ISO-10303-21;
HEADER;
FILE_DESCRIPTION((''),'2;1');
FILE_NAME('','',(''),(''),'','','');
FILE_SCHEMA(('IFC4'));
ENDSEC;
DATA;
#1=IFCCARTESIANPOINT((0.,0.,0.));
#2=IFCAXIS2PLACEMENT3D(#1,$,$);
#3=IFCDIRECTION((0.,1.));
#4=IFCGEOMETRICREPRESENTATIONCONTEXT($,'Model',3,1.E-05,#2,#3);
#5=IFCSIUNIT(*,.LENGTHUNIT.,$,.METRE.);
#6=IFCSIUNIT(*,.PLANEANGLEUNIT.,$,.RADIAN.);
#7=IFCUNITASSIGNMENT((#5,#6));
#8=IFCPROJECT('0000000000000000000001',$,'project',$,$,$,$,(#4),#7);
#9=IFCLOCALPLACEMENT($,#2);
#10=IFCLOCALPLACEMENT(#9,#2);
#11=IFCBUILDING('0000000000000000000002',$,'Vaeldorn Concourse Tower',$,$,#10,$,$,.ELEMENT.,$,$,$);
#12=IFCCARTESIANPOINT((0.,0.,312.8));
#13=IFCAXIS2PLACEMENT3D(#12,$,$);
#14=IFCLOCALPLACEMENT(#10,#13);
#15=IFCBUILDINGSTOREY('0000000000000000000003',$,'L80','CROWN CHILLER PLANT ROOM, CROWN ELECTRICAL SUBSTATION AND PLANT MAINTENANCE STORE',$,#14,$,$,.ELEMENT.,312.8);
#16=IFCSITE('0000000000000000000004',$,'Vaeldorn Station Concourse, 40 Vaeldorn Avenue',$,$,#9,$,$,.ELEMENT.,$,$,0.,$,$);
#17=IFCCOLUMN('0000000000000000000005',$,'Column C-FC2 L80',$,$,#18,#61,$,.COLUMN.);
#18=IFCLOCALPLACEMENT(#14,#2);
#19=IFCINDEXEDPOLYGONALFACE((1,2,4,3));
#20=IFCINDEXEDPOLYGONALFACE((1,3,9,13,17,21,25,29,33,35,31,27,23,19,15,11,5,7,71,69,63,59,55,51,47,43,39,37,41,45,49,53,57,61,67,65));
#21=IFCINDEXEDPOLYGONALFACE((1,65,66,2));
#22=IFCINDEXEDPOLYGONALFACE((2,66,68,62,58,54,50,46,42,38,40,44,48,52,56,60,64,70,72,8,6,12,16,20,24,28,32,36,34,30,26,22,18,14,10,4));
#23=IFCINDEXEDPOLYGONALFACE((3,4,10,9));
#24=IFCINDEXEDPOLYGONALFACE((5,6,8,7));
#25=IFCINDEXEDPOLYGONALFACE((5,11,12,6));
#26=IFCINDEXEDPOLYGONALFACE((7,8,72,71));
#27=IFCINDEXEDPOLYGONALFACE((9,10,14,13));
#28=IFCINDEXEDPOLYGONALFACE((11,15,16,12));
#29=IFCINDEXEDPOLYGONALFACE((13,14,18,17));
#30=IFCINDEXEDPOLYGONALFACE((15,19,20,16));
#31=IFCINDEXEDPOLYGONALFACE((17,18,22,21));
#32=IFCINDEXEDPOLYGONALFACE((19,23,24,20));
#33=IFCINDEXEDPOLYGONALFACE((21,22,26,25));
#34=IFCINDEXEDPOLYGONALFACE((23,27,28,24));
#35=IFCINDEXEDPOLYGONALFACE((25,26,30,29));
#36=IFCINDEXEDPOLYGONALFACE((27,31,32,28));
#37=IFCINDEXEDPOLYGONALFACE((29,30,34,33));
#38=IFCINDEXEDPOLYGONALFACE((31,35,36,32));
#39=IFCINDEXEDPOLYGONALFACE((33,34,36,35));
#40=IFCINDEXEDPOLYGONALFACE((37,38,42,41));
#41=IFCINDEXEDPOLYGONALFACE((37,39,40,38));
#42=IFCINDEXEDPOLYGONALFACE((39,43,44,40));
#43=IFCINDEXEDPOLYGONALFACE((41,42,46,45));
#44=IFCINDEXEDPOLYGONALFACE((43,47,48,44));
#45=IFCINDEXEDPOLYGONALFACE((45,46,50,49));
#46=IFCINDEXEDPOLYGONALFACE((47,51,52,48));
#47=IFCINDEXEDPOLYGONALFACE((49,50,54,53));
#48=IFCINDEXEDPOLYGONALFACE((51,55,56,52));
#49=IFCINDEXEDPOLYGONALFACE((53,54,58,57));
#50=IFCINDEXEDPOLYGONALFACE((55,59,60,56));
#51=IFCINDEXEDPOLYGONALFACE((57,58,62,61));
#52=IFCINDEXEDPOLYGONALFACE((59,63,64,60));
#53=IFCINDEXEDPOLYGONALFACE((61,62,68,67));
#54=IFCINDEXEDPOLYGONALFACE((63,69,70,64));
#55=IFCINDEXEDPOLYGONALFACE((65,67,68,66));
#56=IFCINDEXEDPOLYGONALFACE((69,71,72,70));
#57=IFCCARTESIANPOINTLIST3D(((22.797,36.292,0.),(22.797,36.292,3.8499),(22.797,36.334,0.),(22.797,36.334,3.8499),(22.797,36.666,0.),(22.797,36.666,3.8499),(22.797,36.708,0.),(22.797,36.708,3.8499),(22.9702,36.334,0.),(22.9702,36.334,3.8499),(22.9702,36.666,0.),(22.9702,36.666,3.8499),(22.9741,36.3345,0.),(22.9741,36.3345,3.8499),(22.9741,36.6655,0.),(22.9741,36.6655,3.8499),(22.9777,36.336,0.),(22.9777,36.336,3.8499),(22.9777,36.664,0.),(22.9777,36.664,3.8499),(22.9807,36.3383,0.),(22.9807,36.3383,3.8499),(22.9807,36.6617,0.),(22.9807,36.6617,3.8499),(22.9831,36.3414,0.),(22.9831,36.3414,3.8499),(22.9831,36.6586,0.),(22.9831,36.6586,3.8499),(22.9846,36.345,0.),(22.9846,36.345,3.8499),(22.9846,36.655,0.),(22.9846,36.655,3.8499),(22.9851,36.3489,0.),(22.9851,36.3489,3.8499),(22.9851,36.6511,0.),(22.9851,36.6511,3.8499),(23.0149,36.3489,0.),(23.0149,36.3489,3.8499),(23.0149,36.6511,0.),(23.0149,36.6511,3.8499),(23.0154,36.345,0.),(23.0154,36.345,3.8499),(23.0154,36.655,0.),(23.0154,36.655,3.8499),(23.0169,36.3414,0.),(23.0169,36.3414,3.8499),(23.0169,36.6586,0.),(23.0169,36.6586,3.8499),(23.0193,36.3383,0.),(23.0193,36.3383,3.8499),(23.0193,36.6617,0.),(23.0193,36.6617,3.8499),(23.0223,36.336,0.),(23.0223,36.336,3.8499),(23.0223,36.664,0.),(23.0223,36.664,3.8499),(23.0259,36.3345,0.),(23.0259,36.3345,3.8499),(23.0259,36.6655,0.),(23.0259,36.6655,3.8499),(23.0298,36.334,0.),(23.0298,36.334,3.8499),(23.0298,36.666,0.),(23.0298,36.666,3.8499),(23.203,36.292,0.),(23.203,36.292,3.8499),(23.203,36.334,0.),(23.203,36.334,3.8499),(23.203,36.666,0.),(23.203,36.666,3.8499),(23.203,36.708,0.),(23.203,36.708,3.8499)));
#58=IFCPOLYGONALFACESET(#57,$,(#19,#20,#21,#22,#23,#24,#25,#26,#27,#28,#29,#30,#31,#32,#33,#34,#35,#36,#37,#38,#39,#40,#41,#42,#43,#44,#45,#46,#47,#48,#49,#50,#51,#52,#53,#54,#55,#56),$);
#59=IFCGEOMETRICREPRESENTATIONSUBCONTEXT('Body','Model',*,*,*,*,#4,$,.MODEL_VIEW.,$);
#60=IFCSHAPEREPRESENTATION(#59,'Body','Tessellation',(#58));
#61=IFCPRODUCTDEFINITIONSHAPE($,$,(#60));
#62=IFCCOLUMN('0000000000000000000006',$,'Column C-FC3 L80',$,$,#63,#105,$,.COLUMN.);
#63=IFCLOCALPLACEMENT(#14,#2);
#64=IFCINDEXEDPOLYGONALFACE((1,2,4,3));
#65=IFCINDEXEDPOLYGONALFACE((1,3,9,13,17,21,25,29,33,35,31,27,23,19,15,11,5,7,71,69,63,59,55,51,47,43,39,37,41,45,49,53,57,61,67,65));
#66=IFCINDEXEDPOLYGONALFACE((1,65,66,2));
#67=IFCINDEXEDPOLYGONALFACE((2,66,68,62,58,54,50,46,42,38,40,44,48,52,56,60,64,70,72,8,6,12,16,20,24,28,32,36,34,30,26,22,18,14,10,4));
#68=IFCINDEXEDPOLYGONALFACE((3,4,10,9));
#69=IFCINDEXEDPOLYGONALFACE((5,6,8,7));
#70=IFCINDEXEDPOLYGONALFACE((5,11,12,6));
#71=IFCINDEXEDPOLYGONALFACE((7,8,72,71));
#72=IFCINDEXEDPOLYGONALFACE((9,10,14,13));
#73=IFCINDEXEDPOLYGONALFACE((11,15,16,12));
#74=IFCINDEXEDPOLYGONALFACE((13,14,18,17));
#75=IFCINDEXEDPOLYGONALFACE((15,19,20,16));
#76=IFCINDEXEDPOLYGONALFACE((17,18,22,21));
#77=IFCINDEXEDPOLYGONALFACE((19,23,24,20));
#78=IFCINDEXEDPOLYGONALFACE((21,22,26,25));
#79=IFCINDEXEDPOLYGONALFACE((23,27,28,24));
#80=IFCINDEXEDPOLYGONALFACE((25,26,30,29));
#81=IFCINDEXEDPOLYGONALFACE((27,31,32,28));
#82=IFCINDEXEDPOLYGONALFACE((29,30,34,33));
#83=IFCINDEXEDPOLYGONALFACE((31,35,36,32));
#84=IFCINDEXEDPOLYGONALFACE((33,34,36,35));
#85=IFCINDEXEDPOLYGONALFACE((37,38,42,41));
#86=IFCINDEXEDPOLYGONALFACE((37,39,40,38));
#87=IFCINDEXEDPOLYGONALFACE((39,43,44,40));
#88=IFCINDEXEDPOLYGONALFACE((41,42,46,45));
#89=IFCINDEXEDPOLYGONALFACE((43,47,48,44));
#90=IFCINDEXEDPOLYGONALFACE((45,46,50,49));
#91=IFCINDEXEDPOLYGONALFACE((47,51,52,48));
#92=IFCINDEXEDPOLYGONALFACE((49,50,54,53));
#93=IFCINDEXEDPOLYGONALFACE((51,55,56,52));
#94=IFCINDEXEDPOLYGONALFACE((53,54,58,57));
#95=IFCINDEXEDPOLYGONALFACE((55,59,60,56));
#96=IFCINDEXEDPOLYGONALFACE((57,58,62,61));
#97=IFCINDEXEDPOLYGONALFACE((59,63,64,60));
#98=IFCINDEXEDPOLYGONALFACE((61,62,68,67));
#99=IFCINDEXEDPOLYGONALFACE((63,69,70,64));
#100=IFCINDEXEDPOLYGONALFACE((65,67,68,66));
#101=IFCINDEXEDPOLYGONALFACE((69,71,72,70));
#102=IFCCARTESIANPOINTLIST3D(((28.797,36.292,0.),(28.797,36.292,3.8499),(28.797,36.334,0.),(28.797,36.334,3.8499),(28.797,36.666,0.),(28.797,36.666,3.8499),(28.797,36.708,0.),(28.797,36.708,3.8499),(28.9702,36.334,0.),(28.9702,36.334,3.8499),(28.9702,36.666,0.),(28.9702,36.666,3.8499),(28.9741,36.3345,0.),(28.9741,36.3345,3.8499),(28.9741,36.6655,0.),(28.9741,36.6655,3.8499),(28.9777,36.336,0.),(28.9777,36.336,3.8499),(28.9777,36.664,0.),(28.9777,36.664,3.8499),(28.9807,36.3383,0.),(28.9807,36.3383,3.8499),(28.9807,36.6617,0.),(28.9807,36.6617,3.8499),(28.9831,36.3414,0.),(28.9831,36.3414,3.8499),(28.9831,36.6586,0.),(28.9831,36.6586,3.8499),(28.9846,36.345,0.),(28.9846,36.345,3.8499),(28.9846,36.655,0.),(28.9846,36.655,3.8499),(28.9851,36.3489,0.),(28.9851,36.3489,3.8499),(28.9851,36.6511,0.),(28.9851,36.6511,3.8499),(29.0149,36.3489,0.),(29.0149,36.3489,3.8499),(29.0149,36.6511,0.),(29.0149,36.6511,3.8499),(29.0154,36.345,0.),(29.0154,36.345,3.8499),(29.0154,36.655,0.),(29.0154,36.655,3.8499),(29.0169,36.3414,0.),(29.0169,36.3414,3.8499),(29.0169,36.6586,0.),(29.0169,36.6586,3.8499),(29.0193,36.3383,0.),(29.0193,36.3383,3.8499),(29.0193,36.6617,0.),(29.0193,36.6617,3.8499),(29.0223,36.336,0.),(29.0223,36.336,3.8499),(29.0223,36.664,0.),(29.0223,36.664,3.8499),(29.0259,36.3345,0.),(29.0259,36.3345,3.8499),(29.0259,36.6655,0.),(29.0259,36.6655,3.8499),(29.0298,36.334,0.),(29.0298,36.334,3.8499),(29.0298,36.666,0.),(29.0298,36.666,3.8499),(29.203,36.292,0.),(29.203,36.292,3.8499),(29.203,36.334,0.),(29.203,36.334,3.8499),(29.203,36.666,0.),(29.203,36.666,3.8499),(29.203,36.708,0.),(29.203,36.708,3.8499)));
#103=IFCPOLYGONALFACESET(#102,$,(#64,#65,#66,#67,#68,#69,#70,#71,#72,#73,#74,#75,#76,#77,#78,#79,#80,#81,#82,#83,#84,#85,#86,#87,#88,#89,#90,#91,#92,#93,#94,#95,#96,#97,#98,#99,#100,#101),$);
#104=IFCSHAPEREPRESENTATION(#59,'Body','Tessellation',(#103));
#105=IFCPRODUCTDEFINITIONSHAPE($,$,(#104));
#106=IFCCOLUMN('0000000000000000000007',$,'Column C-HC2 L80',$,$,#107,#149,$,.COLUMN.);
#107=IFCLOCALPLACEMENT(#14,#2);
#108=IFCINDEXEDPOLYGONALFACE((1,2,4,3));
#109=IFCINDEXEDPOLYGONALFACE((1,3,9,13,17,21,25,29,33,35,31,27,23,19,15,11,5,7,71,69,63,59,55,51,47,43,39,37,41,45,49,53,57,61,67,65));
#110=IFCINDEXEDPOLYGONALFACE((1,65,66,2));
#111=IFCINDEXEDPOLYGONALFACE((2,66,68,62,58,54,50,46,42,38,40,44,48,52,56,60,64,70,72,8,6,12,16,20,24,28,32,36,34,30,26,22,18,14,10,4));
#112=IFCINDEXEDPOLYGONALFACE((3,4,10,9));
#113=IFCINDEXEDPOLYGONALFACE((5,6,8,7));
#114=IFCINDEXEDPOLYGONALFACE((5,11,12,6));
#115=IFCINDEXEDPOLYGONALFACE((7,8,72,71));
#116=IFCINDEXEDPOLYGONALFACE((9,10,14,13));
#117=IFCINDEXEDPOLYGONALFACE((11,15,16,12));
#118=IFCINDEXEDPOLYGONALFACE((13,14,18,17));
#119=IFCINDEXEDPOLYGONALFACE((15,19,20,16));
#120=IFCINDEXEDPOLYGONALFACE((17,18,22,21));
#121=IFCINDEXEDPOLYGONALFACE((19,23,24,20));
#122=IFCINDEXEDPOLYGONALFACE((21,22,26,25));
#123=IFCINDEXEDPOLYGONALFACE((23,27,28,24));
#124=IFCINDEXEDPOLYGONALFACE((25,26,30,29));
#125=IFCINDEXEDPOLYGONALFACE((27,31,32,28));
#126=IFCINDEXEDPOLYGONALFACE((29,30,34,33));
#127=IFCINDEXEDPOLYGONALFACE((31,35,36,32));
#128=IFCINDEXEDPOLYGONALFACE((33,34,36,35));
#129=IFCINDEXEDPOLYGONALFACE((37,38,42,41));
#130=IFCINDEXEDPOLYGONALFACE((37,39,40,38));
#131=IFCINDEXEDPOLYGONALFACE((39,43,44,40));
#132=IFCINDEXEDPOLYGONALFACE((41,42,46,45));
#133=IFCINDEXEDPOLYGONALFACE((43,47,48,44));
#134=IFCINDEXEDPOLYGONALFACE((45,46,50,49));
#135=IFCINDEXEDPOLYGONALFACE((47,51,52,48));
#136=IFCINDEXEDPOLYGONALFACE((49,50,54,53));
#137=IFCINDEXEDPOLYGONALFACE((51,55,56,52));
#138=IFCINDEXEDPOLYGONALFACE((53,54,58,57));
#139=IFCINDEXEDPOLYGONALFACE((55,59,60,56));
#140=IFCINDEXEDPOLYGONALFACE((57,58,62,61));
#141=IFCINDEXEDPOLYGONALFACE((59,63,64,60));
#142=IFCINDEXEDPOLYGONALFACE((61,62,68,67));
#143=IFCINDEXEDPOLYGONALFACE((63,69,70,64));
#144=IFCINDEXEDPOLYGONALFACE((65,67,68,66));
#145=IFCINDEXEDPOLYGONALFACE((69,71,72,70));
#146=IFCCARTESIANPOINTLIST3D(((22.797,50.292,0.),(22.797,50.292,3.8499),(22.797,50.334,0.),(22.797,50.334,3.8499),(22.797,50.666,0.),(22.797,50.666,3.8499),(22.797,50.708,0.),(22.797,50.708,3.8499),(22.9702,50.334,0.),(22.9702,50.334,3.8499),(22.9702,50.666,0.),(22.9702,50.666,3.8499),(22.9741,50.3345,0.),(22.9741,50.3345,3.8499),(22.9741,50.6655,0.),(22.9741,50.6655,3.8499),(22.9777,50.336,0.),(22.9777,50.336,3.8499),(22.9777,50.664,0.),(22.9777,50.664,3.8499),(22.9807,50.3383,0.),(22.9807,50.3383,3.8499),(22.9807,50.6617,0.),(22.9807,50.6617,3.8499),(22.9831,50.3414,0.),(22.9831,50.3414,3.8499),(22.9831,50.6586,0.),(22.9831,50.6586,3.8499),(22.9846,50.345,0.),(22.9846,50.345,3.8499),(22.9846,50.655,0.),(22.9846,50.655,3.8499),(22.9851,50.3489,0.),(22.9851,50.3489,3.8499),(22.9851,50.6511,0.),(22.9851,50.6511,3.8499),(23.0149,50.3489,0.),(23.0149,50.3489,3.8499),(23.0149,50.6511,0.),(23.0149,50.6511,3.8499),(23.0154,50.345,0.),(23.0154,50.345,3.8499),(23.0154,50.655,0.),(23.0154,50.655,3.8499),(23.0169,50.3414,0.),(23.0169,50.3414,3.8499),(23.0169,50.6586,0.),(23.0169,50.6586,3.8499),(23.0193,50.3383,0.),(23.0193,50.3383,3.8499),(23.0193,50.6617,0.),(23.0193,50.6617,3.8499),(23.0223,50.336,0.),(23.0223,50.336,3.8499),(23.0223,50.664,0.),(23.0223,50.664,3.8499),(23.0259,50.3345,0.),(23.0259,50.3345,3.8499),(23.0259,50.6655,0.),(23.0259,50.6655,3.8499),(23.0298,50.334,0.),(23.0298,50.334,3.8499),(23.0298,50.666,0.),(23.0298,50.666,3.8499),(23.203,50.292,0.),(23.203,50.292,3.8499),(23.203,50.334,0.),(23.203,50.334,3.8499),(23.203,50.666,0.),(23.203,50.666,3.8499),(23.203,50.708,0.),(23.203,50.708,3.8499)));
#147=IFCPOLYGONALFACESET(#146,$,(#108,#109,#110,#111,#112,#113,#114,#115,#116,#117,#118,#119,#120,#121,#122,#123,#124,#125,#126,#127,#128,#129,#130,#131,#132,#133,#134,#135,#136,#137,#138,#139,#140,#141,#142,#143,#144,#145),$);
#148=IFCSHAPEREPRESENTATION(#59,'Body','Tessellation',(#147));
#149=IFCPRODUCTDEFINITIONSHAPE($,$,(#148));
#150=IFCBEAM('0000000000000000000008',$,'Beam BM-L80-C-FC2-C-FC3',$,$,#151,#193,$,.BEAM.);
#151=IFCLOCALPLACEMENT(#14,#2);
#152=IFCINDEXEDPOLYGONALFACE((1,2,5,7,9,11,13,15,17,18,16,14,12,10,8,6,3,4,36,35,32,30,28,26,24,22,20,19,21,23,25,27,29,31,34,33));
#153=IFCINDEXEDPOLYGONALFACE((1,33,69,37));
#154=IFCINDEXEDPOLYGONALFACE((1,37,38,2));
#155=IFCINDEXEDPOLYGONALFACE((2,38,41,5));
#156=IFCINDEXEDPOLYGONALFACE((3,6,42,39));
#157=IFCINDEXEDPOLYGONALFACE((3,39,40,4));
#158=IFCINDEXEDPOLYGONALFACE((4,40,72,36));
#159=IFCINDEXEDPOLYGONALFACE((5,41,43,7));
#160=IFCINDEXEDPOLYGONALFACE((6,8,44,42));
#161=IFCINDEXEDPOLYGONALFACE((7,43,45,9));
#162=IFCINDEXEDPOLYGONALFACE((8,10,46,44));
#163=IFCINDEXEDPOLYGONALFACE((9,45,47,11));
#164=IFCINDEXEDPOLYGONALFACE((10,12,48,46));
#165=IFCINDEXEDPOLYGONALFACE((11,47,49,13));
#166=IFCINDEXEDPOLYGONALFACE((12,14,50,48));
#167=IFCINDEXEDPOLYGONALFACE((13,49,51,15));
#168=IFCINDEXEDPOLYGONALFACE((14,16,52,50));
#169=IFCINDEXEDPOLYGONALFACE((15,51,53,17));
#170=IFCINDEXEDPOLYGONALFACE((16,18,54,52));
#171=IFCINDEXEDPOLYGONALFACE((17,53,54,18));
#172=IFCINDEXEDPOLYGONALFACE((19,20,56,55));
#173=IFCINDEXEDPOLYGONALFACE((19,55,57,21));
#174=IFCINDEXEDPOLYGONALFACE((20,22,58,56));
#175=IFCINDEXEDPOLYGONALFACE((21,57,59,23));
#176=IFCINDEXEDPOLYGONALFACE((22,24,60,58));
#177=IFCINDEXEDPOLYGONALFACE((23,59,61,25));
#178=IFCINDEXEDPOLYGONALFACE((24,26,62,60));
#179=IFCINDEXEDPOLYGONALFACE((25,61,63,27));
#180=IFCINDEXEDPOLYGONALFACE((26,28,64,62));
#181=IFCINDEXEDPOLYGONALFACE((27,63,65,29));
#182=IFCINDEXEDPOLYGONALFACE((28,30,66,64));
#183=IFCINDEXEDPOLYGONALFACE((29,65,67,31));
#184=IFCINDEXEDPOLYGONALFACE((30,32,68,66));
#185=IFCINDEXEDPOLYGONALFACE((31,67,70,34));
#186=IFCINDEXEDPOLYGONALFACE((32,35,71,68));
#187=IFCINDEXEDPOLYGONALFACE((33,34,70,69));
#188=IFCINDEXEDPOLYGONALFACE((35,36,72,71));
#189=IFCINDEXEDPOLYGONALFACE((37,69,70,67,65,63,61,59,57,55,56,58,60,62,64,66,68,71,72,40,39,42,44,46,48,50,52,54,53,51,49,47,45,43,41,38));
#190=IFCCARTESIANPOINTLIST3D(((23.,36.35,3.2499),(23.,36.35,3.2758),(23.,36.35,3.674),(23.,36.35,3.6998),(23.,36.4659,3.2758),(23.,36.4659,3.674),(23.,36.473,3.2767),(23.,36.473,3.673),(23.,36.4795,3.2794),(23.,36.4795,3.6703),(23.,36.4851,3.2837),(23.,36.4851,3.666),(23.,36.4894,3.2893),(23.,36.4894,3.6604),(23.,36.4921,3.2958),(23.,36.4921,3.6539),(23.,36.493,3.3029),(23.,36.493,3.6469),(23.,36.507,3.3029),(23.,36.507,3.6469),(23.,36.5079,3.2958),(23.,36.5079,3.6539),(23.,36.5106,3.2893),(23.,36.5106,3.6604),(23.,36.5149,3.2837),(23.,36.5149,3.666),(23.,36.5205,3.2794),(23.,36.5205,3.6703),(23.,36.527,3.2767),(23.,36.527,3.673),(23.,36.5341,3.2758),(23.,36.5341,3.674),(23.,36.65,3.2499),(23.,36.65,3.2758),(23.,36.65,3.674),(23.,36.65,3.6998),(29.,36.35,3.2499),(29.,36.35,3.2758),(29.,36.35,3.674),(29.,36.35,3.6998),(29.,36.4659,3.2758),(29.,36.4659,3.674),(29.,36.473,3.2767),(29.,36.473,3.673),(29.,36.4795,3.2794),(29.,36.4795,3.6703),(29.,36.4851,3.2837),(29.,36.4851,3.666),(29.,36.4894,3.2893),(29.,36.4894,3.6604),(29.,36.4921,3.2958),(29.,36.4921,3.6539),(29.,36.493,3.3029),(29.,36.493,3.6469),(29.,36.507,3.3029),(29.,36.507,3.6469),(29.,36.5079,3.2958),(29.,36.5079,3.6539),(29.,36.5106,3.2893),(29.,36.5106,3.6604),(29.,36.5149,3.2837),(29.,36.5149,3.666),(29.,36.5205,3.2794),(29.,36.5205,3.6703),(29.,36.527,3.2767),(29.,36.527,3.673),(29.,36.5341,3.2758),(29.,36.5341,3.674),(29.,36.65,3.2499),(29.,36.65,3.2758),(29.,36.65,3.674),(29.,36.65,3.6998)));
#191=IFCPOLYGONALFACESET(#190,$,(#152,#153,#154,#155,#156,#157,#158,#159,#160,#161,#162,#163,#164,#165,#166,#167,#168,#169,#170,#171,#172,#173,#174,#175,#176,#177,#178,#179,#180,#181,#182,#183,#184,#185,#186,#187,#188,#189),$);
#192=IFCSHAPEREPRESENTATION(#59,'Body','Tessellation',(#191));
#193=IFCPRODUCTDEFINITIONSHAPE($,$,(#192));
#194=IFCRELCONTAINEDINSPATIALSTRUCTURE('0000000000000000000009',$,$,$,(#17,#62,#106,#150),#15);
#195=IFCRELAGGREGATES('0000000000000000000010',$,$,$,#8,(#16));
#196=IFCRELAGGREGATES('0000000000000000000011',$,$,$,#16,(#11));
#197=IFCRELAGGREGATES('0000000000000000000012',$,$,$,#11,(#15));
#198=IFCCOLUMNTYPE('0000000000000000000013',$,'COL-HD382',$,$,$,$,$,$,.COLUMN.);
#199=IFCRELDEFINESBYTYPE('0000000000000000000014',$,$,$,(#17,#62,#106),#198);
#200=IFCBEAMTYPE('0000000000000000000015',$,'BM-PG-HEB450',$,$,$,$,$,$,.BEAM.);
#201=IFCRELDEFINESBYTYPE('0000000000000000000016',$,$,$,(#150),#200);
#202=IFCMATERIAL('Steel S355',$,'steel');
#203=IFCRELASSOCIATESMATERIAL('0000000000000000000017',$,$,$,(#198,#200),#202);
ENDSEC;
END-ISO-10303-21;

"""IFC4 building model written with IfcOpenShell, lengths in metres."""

from ifc_helpers import new_model, si_unit, direction, frame, origin, origin_2d, place, context, subcontext, project, spatial, i_section, extrude, source, transform, mapped, material, material_profile, profile_set, type_object, element, save


model = new_model("IFC4")

# Units and contexts
model_context = context("Model", 3, precision=1e-05, world=origin(), true_north=direction((0.0, 1.0)))
body_context = subcontext(model_context, "Body", "Model", "MODEL_VIEW")
ifc_project = project(units=[si_unit("LENGTHUNIT", "METRE"), si_unit("PLANEANGLEUNIT", "RADIAN")], contexts=[model_context])

# Site, building, storey
site_placement = place(None, origin())
site = spatial("IfcSite", under=ifc_project, at=site_placement, Name="Vaeldorn Station Concourse, 40 Vaeldorn Avenue", CompositionType="ELEMENT", RefElevation=0.0)
building_placement = place(site_placement, origin())
building = spatial("IfcBuilding", under=site, at=building_placement, Name="Vaeldorn Concourse Tower", CompositionType="ELEMENT")
storey_placement = place(building_placement, frame((0.0, 0.0, 312.8)))
storey = spatial("IfcBuildingStorey", under=building, at=storey_placement, Name="L80", Description="CROWN CHILLER PLANT ROOM, CROWN ELECTRICAL SUBSTATION AND PLANT MAINTENANCE STORE", CompositionType="ELEMENT", Elevation=312.8)

# Columns
ifc_material_1 = material(Name="Steel S355", Category="steel")
ifc_material_profile_1 = material_profile(ifc_material_1, i_section(OverallWidth=0.406, OverallDepth=0.416, WebThickness=0.0298, FlangeThickness=0.042, FilletRadius=0.0149, at=origin_2d()), Name="HD 400x382")
ifc_profile_set_1 = profile_set([ifc_material_profile_1], Name="Steel S355")
column_type = type_object("IfcColumnType", Name="COL-HD382", PredefinedType="COLUMN", material=ifc_profile_set_1)
shared_shape_1 = source(origin(), body_context, "Body", "SweptSolid", [
    extrude(i_section(OverallWidth=0.406, OverallDepth=0.416, WebThickness=0.0298, FlangeThickness=0.042, FilletRadius=0.0149, at=origin_2d()), origin(), (0.0, 0.0, 1.0), 3.8499),
])
for number, where, z_axis, x_axis, name in (
    (1, (23.0, 36.5, 0.0), (0.0, 0.0, 1.0), (1.0, 0.0, 0.0), "Column C-FC2 L80"),
    (2, (29.0, 36.5, 0.0), (0.0, 0.0, 1.0), (1.0, 0.0, 0.0), "Column C-FC3 L80"),
    (3, (23.0, 50.5, 0.0), (0.0, 0.0, 1.0), (1.0, 0.0, 0.0), "Column C-HC2 L80"),
):
    element("IfcColumn", number, at=place(storey_placement, frame(where, z_axis=z_axis, x_axis=x_axis)), inside=storey, type_object=column_type, Name=name, PredefinedType="COLUMN", context=body_context, shape_type="MappedRepresentation", body=[
        mapped(shared_shape_1, transform((0.0, 0.0, 0.0), scale=1.0)),
    ])

# Beam
ifc_material_profile_2 = material_profile(ifc_material_1, i_section(OverallWidth=0.3, OverallDepth=0.45, WebThickness=0.0139, FlangeThickness=0.0259, FilletRadius=0.0271, at=origin_2d()), Name="HEB 450")
ifc_profile_set_2 = profile_set([ifc_material_profile_2], Name="Steel S355")
beam_type = type_object("IfcBeamType", Name="BM-PG-HEB450", PredefinedType="BEAM", material=ifc_profile_set_2)
shared_shape_2 = source(origin(), body_context, "Body", "SweptSolid", [
    extrude(i_section(OverallWidth=0.3, OverallDepth=0.45, WebThickness=0.0139, FlangeThickness=0.0259, FilletRadius=0.0271, at=origin_2d()), origin(), (0.0, 0.0, 1.0), 6.0),
])
beam_1_placement = place(storey_placement, frame((23.0, 36.5, 3.4749), z_axis=(1.0, 0.0, 0.0), x_axis=(0.0, 1.0, 0.0)))
element("IfcBeam", 4, at=beam_1_placement, inside=storey, type_object=beam_type, Name="Beam BM-L80-C-FC2-C-FC3", PredefinedType="BEAM", context=body_context, shape_type="MappedRepresentation", body=[
    mapped(shared_shape_2, transform((0.0, 0.0, 0.0), scale=1.0)),
])

save(model, "model.ifc")
